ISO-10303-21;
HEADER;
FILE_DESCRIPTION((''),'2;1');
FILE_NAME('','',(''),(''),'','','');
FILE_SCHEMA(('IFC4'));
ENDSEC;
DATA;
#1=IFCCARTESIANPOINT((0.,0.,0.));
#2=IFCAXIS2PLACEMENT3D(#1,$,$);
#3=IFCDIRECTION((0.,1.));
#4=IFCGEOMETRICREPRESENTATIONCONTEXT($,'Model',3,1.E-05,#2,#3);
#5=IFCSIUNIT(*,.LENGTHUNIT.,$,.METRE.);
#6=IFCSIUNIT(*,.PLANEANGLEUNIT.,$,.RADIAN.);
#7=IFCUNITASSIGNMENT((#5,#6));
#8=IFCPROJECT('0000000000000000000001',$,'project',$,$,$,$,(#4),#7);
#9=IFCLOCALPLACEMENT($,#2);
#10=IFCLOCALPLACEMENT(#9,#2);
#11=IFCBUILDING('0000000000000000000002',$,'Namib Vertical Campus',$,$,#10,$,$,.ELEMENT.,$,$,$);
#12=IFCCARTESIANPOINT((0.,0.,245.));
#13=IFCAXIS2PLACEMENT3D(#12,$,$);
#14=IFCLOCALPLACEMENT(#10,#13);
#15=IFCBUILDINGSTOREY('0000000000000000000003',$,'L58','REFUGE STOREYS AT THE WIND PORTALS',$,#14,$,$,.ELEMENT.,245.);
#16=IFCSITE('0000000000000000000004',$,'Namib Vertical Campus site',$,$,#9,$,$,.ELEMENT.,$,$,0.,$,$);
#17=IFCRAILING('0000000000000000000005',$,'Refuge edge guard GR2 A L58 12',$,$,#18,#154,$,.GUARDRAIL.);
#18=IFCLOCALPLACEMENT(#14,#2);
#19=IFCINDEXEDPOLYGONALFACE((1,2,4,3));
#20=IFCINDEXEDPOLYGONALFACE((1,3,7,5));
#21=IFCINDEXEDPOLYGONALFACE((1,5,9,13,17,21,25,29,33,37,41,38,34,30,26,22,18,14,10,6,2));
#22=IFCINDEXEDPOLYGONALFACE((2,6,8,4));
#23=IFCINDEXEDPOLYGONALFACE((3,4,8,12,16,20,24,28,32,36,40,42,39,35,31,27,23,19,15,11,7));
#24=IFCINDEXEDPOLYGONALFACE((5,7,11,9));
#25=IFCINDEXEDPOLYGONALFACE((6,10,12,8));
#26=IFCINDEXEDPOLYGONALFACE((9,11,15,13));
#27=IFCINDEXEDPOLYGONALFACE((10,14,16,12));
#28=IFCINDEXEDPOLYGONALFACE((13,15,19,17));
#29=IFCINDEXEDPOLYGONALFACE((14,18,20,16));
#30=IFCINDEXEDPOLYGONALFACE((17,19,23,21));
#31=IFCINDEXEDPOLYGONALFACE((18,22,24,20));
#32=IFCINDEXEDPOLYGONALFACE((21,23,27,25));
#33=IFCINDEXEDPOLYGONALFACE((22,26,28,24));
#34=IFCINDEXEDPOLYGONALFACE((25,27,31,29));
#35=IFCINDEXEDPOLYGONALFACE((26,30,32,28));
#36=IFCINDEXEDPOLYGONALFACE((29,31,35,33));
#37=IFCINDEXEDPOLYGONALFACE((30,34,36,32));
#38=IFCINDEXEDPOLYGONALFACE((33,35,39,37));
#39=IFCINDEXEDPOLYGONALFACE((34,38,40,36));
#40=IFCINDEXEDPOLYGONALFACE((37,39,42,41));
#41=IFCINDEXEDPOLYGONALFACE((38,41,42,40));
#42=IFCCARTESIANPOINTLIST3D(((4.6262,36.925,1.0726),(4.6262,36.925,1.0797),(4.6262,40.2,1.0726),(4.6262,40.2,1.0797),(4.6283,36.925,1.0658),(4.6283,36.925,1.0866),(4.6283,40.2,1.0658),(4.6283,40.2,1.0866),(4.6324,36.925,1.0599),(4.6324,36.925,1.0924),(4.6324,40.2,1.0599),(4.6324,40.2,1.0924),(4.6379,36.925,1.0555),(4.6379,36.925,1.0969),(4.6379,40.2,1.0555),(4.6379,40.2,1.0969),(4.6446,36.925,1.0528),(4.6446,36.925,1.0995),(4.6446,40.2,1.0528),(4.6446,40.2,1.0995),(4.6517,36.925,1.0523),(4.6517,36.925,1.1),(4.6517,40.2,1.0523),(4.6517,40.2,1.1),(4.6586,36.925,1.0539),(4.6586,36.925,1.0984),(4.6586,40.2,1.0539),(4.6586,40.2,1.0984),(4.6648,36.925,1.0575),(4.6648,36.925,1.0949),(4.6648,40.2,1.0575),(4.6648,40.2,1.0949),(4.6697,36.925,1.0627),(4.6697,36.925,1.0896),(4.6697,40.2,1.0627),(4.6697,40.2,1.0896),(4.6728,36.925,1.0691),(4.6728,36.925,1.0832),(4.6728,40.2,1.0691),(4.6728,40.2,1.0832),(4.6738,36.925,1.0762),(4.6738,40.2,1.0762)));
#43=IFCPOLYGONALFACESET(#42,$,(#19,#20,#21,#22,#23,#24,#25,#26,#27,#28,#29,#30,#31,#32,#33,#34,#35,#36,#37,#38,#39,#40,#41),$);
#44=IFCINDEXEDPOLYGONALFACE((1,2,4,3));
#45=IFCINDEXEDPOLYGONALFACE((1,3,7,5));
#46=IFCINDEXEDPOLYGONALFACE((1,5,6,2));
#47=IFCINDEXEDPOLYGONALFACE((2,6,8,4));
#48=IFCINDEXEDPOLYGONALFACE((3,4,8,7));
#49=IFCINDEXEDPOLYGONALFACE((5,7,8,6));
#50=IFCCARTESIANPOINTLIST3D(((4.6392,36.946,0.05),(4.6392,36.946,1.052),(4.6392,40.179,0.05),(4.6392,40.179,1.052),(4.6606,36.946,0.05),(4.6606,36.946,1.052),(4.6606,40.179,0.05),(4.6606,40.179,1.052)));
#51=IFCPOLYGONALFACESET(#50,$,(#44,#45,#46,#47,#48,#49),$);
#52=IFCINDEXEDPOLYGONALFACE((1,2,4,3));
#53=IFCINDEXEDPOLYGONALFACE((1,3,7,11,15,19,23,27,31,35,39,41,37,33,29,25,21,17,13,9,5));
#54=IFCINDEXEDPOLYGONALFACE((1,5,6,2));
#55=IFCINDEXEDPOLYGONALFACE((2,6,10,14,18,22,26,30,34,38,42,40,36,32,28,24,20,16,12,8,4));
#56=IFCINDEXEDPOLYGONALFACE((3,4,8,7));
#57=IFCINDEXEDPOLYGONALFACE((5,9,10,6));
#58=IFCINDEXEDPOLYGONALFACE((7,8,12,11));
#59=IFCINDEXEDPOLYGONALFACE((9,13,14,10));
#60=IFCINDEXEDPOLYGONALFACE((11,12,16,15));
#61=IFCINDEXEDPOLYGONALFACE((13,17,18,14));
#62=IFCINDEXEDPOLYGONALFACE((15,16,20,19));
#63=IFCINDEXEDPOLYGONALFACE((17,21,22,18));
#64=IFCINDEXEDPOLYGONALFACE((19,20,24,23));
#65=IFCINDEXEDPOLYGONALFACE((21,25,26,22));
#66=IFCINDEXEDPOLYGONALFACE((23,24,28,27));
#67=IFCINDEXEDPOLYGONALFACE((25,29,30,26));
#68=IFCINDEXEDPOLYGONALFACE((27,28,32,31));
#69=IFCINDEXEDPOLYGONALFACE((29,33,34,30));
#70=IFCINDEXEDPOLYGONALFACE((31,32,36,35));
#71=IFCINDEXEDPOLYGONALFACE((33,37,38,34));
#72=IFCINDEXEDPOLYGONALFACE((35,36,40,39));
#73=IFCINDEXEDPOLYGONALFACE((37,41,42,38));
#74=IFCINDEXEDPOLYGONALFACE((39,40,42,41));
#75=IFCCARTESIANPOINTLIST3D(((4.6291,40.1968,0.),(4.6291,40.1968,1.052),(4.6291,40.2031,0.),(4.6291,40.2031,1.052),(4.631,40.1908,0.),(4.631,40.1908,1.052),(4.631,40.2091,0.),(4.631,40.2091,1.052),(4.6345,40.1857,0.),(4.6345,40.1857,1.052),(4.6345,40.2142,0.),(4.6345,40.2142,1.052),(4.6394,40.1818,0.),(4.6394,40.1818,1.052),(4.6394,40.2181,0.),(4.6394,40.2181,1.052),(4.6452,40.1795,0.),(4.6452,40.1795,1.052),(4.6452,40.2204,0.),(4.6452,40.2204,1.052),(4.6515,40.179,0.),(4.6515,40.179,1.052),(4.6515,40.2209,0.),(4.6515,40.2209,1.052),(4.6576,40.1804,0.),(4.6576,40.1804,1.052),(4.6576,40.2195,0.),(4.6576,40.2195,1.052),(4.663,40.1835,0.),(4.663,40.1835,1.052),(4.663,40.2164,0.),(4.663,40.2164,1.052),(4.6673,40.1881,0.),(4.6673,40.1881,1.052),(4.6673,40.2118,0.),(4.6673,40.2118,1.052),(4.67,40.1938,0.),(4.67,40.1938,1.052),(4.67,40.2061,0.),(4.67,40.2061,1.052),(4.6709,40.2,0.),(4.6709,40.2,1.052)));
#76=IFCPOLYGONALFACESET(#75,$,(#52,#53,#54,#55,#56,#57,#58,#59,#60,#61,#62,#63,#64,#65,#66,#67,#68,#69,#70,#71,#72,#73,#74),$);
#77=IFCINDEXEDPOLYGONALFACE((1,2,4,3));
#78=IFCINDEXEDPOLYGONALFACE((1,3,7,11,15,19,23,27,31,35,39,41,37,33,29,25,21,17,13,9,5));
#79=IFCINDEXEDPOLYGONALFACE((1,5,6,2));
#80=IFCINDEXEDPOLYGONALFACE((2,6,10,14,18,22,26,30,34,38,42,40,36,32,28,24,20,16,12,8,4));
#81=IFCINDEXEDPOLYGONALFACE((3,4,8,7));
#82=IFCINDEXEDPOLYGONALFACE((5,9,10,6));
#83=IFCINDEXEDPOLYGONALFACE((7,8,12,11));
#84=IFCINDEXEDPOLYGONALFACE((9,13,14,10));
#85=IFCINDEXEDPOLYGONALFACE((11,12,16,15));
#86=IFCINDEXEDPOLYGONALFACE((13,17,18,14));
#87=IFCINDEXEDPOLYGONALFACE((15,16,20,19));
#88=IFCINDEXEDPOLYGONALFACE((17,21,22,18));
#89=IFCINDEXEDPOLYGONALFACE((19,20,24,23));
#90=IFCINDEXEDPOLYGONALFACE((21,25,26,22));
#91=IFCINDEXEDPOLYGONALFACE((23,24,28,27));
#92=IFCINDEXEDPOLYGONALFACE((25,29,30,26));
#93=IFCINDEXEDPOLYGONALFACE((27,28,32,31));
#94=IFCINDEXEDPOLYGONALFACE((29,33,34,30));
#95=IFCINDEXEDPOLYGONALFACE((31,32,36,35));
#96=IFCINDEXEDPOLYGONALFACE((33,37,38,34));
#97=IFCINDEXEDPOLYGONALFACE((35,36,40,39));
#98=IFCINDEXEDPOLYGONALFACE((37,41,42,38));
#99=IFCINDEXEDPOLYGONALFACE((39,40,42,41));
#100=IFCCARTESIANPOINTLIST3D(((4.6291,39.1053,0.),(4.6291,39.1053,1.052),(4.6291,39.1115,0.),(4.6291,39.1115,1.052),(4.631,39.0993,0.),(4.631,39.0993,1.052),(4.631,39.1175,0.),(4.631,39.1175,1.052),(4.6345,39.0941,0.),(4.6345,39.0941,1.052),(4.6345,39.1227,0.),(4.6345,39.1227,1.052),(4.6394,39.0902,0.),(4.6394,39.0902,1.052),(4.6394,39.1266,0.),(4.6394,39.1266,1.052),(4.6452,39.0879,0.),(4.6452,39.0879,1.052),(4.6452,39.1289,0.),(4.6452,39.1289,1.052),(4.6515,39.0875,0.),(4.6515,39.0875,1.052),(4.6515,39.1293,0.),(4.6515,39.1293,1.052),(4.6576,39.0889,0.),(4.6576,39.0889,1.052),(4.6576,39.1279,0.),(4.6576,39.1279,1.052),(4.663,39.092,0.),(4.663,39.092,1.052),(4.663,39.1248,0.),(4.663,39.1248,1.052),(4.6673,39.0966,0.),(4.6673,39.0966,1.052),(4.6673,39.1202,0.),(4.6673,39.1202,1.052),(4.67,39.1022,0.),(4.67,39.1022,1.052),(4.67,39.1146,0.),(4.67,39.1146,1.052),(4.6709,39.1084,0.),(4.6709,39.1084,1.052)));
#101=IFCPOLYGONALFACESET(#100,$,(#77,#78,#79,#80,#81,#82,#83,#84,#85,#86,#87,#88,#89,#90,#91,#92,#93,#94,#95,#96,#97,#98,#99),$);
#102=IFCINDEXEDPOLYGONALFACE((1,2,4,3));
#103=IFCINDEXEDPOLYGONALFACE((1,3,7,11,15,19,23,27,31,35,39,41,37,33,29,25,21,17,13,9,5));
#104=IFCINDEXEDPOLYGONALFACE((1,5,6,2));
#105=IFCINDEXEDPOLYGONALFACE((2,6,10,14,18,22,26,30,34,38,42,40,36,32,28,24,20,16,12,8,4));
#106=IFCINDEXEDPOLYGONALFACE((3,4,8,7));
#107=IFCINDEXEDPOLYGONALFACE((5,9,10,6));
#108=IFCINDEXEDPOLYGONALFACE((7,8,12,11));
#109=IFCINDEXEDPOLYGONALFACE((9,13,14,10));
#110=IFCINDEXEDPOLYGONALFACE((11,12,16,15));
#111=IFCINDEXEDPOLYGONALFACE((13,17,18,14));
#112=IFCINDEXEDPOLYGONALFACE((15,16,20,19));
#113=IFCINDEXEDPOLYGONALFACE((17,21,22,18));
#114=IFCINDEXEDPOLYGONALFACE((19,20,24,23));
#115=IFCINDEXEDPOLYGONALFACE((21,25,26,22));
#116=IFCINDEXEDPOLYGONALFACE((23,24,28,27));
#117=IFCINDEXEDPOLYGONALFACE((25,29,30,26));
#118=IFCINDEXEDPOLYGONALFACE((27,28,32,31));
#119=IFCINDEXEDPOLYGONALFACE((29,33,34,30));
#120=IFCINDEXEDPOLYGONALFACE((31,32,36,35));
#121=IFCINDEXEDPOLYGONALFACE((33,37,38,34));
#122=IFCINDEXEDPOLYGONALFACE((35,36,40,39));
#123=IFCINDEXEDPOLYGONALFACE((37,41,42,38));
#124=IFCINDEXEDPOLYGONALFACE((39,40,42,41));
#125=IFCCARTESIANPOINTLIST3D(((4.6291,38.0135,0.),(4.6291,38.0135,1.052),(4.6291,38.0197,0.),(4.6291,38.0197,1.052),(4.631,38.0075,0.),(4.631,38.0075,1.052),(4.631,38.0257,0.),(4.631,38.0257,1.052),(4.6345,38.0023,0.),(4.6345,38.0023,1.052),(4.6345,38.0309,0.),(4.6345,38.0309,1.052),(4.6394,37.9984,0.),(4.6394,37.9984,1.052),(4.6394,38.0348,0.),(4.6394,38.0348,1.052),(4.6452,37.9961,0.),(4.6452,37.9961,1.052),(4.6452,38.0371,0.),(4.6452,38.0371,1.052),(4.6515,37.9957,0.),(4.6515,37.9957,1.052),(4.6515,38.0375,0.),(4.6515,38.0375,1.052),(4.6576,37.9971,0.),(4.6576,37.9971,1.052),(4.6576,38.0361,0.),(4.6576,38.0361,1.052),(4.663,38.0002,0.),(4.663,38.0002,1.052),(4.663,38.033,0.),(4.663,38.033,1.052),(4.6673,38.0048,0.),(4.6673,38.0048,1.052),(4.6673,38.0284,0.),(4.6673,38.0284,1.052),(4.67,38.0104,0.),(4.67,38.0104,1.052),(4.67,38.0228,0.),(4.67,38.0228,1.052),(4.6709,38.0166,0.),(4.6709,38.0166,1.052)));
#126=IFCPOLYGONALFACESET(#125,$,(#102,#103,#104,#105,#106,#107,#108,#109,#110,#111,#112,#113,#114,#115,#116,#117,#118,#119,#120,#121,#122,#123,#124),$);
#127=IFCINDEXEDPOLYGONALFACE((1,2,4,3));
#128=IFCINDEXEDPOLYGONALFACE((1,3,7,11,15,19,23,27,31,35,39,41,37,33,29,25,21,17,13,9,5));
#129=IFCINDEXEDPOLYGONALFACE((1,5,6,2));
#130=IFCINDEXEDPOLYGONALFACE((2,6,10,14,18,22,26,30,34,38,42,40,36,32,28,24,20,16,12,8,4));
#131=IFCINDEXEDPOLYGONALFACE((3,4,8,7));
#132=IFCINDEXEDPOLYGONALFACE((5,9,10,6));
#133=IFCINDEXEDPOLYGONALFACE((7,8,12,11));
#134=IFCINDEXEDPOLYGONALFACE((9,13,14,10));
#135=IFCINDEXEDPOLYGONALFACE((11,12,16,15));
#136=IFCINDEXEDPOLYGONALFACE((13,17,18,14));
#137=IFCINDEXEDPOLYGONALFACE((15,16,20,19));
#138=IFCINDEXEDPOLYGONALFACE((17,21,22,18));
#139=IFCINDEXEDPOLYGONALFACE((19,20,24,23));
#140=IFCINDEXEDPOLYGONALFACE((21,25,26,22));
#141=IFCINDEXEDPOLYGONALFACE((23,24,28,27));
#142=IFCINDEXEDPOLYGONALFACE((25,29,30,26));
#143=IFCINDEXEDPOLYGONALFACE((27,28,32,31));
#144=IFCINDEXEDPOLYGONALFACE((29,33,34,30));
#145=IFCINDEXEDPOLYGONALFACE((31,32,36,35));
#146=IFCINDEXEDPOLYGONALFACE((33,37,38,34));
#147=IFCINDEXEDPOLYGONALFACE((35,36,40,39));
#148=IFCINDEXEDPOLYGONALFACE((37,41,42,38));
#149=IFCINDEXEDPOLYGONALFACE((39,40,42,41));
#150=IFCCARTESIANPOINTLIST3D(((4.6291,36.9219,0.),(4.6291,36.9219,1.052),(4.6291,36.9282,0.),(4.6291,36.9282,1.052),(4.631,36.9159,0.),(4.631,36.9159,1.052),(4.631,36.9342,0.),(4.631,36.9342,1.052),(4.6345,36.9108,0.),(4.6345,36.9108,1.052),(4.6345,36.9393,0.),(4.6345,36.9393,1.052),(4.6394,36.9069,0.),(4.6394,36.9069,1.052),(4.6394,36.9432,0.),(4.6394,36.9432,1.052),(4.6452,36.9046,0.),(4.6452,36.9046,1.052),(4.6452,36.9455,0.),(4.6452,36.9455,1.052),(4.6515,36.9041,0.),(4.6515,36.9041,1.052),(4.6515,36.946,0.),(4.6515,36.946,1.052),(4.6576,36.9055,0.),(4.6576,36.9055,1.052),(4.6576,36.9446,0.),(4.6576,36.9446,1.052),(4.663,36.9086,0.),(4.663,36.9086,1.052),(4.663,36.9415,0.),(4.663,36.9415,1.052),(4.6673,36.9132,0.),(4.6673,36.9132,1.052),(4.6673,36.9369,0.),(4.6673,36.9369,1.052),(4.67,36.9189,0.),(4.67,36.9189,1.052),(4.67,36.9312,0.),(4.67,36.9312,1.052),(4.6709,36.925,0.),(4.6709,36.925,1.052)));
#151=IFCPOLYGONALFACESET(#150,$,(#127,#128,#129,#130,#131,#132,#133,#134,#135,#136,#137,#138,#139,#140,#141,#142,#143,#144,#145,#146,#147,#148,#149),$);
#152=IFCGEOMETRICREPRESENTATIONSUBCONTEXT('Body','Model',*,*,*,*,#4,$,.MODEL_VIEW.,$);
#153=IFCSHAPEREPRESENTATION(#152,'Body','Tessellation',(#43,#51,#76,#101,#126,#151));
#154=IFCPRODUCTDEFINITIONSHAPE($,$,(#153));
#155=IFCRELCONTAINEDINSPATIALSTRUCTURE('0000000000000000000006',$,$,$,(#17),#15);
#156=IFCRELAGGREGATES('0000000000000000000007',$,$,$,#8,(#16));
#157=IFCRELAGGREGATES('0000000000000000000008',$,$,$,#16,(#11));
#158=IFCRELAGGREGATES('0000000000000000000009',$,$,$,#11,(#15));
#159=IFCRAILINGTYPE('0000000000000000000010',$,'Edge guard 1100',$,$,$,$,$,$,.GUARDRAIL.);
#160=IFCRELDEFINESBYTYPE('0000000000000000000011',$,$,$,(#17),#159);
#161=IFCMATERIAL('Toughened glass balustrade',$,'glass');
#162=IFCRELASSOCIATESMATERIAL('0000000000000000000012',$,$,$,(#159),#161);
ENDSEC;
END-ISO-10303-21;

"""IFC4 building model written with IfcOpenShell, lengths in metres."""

from ifc_helpers import new_model, si_unit, direction, frame, origin, origin_2d, place, context, subcontext, project, spatial, polyline, circle, outline, extrude, material, type_object, element, save


model = new_model("IFC4")

# Units and contexts
model_context = context("Model", 3, precision=1e-05, world=origin(), true_north=direction((0.0, 1.0)))
body_context = subcontext(model_context, "Body", "Model", "MODEL_VIEW")
ifc_project = project(units=[si_unit("LENGTHUNIT", "METRE"), si_unit("PLANEANGLEUNIT", "RADIAN")], contexts=[model_context])

# Site, building, storey
site_placement = place(None, origin())
site = spatial("IfcSite", under=ifc_project, at=site_placement, Name="Namib Vertical Campus site", CompositionType="ELEMENT", RefElevation=0.0)
building_placement = place(site_placement, origin())
building = spatial("IfcBuilding", under=site, at=building_placement, Name="Namib Vertical Campus", CompositionType="ELEMENT")
storey_placement = place(building_placement, frame((0.0, 0.0, 245.0)))
storey = spatial("IfcBuildingStorey", under=building, at=storey_placement, Name="L58", Description="REFUGE STOREYS AT THE WIND PORTALS", CompositionType="ELEMENT", Elevation=245.0)

# Railing
ifc_material_1 = material(Name="Toughened glass balustrade", Category="glass")
railing_type = type_object("IfcRailingType", Name="Edge guard 1100", PredefinedType="GUARDRAIL", material=ifc_material_1)
railing_1_placement = place(storey_placement, frame((4.6499, 40.2, 0.0)))
element("IfcRailing", 1, at=railing_1_placement, inside=storey, type_object=railing_type, Name="Refuge edge guard GR2 A L58 12", PredefinedType="GUARDRAIL", context=body_context, shape_type="SweptSolid", body=[
    extrude(circle(Radius=0.0239, at=origin_2d()), frame((0.0, 0.0, 1.0762), z_axis=(0.0, -1.0, 0.0), x_axis=(1.0, 0.0, 0.0)), (0.0, 0.0, 1.0), 3.2749),
    extrude(outline(polyline([(0.021, 0.05), (3.2539, 0.05), (3.2539, 1.052), (0.021, 1.052), (0.021, 0.05)])), frame((0.0107, 0.0, 0.0), z_axis=(-1.0, 0.0, 0.0), x_axis=(0.0, -1.0, 0.0)), (0.0, 0.0, 1.0), 0.0215),
    extrude(circle(Radius=0.021, at=origin_2d()), origin(), (0.0, 0.0, 1.0), 1.052),
    extrude(circle(Radius=0.021, at=origin_2d()), frame((0.0, -1.0916, 0.0)), (0.0, 0.0, 1.0), 1.052),
    extrude(circle(Radius=0.021, at=origin_2d()), frame((0.0, -2.1833, 0.0)), (0.0, 0.0, 1.0), 1.052),
    extrude(circle(Radius=0.021, at=origin_2d()), frame((0.0, -3.2749, 0.0)), (0.0, 0.0, 1.0), 1.052),
])

save(model, "model.ifc")
